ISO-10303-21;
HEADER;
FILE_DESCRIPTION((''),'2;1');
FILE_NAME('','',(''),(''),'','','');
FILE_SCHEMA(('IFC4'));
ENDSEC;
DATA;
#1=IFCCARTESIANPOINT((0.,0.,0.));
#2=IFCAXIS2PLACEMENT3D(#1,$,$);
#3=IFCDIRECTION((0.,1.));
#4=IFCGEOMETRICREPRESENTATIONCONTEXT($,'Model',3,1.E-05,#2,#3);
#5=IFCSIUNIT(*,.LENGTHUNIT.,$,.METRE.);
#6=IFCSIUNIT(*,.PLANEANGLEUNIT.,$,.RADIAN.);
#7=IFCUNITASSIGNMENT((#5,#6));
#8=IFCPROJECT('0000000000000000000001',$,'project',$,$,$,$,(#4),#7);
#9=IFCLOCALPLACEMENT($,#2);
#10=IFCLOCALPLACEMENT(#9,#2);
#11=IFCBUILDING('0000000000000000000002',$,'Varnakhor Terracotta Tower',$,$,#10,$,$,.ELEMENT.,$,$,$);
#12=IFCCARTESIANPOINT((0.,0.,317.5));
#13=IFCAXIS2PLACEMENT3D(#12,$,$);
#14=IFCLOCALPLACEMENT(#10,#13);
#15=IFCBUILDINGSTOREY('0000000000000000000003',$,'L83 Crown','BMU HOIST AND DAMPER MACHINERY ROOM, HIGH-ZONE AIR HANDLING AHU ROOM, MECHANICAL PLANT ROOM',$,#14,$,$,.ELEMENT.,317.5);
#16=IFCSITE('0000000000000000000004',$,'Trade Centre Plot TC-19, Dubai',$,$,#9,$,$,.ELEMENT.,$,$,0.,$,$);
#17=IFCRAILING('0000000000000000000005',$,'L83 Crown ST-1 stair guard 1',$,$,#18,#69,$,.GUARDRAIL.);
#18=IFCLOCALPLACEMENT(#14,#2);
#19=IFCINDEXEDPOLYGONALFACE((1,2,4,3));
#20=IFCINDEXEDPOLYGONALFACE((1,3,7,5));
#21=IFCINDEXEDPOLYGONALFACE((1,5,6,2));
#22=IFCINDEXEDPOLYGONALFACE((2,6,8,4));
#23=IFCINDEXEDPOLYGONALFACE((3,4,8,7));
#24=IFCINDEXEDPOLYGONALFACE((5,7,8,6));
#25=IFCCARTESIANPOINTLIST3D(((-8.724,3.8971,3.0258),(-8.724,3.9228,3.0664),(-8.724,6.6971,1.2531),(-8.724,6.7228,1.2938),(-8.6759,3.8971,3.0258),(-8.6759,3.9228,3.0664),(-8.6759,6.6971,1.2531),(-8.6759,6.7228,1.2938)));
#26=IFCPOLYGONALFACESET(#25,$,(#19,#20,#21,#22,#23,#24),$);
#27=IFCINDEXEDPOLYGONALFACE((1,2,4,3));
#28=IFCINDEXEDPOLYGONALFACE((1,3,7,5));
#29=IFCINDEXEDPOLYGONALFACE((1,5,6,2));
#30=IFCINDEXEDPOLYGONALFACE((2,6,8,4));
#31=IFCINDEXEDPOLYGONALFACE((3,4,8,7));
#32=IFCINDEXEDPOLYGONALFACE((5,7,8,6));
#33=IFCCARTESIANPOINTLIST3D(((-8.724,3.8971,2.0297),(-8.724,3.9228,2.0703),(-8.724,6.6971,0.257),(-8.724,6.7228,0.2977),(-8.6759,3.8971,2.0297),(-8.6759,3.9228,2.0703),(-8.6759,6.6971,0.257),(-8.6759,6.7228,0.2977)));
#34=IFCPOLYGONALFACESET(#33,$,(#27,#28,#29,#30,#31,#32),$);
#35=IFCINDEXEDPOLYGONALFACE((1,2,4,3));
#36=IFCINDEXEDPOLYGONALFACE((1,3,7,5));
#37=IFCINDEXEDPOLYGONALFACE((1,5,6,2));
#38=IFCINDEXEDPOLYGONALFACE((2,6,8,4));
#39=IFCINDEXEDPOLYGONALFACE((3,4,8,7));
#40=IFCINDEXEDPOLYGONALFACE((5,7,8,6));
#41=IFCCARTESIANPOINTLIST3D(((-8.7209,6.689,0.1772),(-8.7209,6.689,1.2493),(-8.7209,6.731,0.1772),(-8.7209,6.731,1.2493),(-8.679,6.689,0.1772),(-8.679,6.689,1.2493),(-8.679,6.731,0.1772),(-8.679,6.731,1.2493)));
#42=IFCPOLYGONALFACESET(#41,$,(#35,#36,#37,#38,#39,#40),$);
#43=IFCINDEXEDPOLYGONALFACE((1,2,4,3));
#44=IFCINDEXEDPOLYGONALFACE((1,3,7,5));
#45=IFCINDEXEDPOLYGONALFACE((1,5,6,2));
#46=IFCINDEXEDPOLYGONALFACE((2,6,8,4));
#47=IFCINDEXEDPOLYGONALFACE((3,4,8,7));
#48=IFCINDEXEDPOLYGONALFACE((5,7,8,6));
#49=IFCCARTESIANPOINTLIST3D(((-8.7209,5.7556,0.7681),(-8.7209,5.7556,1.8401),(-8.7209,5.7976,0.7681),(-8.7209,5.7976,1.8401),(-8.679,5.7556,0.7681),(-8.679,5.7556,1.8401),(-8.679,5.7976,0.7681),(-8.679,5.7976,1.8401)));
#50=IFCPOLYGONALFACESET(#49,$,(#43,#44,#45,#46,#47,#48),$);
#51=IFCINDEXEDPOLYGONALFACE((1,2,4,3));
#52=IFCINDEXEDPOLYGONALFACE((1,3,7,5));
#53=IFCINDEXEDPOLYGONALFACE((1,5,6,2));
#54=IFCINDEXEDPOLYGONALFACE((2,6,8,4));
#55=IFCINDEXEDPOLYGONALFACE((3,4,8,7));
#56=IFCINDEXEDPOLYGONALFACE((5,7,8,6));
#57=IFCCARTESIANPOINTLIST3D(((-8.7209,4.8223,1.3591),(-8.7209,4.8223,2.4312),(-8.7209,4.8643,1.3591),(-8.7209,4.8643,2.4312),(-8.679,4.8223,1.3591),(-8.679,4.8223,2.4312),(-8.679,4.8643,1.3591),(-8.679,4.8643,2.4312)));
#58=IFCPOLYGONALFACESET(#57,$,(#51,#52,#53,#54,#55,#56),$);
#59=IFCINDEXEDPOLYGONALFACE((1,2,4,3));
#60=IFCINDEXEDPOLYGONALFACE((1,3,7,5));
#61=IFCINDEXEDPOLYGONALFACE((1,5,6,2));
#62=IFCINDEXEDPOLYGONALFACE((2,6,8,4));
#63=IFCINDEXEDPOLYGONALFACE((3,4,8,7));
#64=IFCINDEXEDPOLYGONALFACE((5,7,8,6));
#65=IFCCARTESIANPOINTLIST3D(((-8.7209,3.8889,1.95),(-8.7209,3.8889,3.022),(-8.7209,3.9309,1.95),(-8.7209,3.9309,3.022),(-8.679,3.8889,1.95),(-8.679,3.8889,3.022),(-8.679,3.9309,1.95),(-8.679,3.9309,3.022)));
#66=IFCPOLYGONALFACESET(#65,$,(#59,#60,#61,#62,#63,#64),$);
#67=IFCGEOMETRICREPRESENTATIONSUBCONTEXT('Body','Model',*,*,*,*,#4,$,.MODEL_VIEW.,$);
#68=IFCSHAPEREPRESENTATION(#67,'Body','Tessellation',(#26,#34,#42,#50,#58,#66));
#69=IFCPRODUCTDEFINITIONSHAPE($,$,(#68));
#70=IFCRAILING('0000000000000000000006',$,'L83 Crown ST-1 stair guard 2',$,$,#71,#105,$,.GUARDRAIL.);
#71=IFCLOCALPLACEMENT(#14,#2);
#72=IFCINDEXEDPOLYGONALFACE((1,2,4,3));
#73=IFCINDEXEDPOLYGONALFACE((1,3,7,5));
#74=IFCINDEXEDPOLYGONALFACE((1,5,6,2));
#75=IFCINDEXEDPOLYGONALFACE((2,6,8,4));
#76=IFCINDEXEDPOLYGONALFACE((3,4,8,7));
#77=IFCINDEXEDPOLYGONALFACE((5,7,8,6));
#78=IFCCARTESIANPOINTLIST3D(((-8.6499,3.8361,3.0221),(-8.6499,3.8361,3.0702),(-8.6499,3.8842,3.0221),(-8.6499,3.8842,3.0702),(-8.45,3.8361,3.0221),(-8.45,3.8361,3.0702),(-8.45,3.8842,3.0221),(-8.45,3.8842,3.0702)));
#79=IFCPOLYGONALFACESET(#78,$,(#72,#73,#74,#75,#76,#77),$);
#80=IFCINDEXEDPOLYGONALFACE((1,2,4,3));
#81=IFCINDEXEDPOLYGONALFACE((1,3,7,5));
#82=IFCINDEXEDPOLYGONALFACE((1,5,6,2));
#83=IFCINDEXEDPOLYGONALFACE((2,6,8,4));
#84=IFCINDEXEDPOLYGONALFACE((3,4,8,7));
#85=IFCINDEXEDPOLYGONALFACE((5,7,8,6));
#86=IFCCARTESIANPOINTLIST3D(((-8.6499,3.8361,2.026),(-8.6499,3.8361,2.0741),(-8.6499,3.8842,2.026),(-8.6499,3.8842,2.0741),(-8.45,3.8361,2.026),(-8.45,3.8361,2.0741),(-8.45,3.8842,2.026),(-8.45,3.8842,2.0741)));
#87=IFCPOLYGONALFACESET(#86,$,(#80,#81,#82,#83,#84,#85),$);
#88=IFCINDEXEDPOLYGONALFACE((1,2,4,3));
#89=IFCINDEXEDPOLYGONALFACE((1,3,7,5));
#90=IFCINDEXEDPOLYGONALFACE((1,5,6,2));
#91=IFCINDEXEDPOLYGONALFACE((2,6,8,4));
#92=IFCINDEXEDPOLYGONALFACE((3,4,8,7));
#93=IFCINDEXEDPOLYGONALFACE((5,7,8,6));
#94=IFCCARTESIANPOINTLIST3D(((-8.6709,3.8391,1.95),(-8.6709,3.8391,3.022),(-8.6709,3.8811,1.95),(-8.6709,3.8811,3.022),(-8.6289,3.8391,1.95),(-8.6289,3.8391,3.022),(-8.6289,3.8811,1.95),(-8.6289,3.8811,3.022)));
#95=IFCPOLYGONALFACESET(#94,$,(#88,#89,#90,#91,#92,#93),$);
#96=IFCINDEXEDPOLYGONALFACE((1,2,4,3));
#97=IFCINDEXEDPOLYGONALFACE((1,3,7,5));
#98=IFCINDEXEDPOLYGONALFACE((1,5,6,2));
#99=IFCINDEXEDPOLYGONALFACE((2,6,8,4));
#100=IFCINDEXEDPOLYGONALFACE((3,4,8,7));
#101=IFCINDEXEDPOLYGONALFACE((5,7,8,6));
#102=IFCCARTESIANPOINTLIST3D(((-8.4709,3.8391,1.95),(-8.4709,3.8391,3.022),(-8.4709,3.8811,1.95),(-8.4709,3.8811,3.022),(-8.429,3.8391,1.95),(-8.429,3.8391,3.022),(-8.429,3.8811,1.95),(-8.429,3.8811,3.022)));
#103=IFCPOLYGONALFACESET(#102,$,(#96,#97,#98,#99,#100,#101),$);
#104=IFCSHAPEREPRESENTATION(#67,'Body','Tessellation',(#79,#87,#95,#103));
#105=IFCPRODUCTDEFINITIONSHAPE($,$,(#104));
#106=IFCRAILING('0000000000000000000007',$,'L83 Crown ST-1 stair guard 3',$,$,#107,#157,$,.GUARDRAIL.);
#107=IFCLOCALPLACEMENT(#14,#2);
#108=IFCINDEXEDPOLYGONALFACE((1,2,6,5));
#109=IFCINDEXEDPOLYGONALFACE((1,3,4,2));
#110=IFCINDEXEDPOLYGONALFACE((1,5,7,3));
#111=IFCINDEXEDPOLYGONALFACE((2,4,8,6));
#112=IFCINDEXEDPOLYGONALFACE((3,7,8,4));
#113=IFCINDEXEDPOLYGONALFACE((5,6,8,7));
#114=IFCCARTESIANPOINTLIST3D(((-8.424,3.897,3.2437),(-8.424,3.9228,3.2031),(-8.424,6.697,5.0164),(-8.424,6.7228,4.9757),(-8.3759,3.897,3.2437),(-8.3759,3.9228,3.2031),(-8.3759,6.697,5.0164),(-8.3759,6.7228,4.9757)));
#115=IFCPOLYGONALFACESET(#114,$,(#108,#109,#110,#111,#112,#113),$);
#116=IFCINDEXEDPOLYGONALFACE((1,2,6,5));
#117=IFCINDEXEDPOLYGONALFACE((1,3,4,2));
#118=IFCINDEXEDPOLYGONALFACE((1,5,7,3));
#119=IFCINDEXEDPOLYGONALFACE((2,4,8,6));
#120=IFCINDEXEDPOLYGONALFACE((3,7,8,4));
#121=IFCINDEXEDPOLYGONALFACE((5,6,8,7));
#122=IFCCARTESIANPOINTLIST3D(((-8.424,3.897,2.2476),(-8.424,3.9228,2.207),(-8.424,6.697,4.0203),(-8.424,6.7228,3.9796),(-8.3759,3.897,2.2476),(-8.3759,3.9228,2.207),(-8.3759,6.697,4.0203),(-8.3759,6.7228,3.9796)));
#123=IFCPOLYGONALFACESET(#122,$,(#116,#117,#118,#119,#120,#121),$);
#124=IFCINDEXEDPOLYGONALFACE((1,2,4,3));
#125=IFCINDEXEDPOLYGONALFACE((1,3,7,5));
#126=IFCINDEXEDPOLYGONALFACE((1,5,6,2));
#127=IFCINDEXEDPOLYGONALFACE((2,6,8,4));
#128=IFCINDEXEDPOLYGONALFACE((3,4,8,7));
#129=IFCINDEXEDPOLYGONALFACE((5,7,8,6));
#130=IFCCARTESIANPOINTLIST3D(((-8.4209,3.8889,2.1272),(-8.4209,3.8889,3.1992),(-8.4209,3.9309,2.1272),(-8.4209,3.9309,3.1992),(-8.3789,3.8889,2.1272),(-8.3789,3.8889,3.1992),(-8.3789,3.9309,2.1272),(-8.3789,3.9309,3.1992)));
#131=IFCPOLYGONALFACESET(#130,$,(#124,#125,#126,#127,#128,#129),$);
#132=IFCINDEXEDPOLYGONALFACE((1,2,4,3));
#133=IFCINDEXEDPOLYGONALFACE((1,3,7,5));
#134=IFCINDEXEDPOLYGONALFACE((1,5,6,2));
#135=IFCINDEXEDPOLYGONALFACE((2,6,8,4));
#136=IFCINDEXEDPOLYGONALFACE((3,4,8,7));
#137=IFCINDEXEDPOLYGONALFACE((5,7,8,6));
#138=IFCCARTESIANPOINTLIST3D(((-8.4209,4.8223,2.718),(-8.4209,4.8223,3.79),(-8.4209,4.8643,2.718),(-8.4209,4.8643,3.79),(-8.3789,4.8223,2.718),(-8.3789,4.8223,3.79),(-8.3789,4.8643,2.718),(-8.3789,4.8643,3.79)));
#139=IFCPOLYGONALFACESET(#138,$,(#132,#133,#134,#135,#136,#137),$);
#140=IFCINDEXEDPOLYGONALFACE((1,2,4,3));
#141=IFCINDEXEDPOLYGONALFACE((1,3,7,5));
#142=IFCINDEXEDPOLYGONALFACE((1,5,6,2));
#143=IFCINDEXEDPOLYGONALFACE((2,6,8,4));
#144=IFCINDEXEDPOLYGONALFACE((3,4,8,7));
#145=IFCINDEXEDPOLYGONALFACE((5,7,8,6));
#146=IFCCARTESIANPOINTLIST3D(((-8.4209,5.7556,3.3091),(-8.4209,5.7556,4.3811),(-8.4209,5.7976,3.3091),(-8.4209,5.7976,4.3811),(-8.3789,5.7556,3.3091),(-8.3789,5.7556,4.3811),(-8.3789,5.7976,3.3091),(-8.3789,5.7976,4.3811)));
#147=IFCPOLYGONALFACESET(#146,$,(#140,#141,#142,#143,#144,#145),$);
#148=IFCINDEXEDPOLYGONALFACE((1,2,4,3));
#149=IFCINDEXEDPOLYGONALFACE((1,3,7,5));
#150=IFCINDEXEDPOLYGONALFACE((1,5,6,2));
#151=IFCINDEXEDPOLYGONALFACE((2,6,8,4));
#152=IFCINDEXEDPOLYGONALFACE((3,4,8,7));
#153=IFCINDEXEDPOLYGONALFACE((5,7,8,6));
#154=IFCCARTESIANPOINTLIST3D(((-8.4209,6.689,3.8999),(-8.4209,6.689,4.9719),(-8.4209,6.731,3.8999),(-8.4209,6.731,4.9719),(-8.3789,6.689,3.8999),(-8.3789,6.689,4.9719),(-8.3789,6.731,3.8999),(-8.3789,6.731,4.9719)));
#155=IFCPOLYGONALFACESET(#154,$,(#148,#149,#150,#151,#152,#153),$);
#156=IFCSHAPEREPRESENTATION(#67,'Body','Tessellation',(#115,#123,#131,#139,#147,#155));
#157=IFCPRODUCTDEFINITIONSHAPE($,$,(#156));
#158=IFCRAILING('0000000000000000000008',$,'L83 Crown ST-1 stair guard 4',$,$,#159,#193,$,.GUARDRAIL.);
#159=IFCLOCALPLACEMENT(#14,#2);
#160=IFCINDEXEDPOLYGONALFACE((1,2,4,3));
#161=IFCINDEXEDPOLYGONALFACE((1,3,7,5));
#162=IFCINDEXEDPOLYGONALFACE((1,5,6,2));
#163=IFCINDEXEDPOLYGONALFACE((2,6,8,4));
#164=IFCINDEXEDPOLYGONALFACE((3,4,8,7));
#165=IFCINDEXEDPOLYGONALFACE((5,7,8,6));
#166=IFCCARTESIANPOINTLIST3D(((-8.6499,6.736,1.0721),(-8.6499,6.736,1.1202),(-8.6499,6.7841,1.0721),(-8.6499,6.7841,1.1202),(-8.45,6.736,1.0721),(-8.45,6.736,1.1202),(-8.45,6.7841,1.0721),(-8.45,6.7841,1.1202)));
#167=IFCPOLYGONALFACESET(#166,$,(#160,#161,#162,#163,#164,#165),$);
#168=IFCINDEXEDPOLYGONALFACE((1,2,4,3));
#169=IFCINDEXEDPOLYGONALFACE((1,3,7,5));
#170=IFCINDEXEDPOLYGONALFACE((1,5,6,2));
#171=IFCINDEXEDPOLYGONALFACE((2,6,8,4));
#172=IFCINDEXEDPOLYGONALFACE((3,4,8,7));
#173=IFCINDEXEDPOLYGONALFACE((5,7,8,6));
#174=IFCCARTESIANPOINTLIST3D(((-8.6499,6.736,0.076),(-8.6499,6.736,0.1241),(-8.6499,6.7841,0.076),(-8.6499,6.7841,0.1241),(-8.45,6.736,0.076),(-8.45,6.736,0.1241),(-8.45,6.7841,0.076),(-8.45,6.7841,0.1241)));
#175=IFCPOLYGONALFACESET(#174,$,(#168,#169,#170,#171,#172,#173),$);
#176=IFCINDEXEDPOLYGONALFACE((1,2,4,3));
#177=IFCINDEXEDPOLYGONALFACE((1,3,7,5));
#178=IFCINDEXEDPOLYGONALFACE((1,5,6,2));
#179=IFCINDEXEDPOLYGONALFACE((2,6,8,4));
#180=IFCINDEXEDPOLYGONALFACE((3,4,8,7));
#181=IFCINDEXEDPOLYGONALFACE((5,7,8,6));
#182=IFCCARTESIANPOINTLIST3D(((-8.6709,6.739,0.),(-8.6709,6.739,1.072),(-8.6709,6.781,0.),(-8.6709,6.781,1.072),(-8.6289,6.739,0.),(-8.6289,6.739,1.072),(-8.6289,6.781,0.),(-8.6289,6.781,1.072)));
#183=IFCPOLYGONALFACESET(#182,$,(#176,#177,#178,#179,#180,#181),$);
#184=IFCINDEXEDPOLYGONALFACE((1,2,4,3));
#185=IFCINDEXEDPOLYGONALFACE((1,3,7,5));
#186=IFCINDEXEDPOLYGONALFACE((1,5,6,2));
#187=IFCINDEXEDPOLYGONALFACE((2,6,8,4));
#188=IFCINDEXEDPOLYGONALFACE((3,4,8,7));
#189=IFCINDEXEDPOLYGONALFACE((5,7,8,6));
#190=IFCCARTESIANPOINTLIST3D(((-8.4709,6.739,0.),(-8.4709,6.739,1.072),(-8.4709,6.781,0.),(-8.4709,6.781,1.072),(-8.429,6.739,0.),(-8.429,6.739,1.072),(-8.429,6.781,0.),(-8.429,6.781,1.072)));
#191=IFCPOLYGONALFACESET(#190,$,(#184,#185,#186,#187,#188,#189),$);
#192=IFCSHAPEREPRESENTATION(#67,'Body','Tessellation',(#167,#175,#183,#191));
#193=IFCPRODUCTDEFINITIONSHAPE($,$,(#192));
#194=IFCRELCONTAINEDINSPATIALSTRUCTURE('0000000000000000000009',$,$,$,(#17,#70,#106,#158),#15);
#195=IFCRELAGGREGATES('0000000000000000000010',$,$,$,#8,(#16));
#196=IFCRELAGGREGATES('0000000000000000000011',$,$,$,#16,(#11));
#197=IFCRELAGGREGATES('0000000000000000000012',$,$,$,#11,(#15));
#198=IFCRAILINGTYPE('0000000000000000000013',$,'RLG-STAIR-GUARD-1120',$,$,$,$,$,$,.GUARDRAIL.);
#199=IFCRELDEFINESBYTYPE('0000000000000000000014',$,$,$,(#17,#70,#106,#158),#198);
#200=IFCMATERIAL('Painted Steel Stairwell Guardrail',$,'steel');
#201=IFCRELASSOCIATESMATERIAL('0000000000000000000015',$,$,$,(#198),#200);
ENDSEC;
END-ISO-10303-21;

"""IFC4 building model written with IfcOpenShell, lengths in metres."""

from ifc_helpers import new_model, si_unit, direction, frame, origin, origin_2d, place, context, subcontext, project, spatial, rectangle, extrude, material, type_object, element, save


model = new_model("IFC4")

# Units and contexts
model_context = context("Model", 3, precision=1e-05, world=origin(), true_north=direction((0.0, 1.0)))
body_context = subcontext(model_context, "Body", "Model", "MODEL_VIEW")
ifc_project = project(units=[si_unit("LENGTHUNIT", "METRE"), si_unit("PLANEANGLEUNIT", "RADIAN")], contexts=[model_context])

# Site, building, storey
site_placement = place(None, origin())
site = spatial("IfcSite", under=ifc_project, at=site_placement, Name="Trade Centre Plot TC-19, Dubai", CompositionType="ELEMENT", RefElevation=0.0)
building_placement = place(site_placement, origin())
building = spatial("IfcBuilding", under=site, at=building_placement, Name="Varnakhor Terracotta Tower", CompositionType="ELEMENT")
storey_placement = place(building_placement, frame((0.0, 0.0, 317.5)))
storey = spatial("IfcBuildingStorey", under=building, at=storey_placement, Name="L83 Crown", Description="BMU HOIST AND DAMPER MACHINERY ROOM, HIGH-ZONE AIR HANDLING AHU ROOM, MECHANICAL PLANT ROOM", CompositionType="ELEMENT", Elevation=317.5)

# Railings
ifc_material_1 = material(Name="Painted Steel Stairwell Guardrail", Category="steel")
railing_type_1 = type_object("IfcRailingType", Name="RLG-STAIR-GUARD-1120", PredefinedType="GUARDRAIL", material=ifc_material_1)
railing_1_placement = place(storey_placement, frame((-8.7, 6.71, 0.1772)))
element("IfcRailing", 1, at=railing_1_placement, inside=storey, type_object=railing_type_1, Name="L83 Crown ST-1 stair guard 1", PredefinedType="GUARDRAIL", context=body_context, shape_type="SweptSolid", body=[
    extrude(rectangle(XDim=0.0481, YDim=0.0481, at=origin_2d()), frame((0.0, 0.0, 1.0962), z_axis=(0.0, -0.844909, 0.53491), x_axis=(1.0, 0.0, 0.0)), (0.0, 0.0, 1.0), 3.314),
    extrude(rectangle(XDim=0.0481, YDim=0.0481, at=origin_2d()), frame((0.0, 0.0, 0.1001), z_axis=(0.0, -0.844909, 0.53491), x_axis=(1.0, 0.0, 0.0)), (0.0, 0.0, 1.0), 3.314),
    extrude(rectangle(XDim=0.042, YDim=0.042, at=origin_2d()), origin(), (0.0, 0.0, 1.0), 1.072),
    extrude(rectangle(XDim=0.042, YDim=0.042, at=origin_2d()), frame((0.0, -0.9333, 0.5908)), (0.0, 0.0, 1.0), 1.072),
    extrude(rectangle(XDim=0.042, YDim=0.042, at=origin_2d()), frame((0.0, -1.8667, 1.1819)), (0.0, 0.0, 1.0), 1.072),
    extrude(rectangle(XDim=0.042, YDim=0.042, at=origin_2d()), frame((0.0, -2.8, 1.7727)), (0.0, 0.0, 1.0), 1.072),
])
railing_2_placement = place(storey_placement, frame((-8.6499, 3.8601, 1.95)))
element("IfcRailing", 2, at=railing_2_placement, inside=storey, type_object=railing_type_1, Name="L83 Crown ST-1 stair guard 2", PredefinedType="GUARDRAIL", context=body_context, shape_type="SweptSolid", body=[
    extrude(rectangle(XDim=0.0481, YDim=0.0481, at=origin_2d()), frame((0.0, 0.0, 1.0962), z_axis=(1.0, 0.0, 0.0), x_axis=(0.0, 1.0, 0.0)), (0.0, 0.0, 1.0), 0.2),
    extrude(rectangle(XDim=0.0481, YDim=0.0481, at=origin_2d()), frame((0.0, 0.0, 0.1001), z_axis=(1.0, 0.0, 0.0), x_axis=(0.0, 1.0, 0.0)), (0.0, 0.0, 1.0), 0.2),
    extrude(rectangle(XDim=0.042, YDim=0.042, at=origin_2d()), origin(), (0.0, 0.0, 1.0), 1.072),
    extrude(rectangle(XDim=0.042, YDim=0.042, at=origin_2d()), frame((0.2, 0.0, 0.0)), (0.0, 0.0, 1.0), 1.072),
])
railing_3_placement = place(storey_placement, frame((-8.3999, 3.9099, 2.1272)))
element("IfcRailing", 3, at=railing_3_placement, inside=storey, type_object=railing_type_1, Name="L83 Crown ST-1 stair guard 3", PredefinedType="GUARDRAIL", context=body_context, shape_type="SweptSolid", body=[
    extrude(rectangle(XDim=0.0481, YDim=0.0481, at=origin_2d()), frame((0.0, 0.0, 1.0962), z_axis=(0.0, 0.844909, 0.53491), x_axis=(-1.0, 0.0, 0.0)), (0.0, 0.0, 1.0), 3.314),
    extrude(rectangle(XDim=0.0481, YDim=0.0481, at=origin_2d()), frame((0.0, 0.0, 0.1001), z_axis=(0.0, 0.844909, 0.53491), x_axis=(-1.0, 0.0, 0.0)), (0.0, 0.0, 1.0), 3.314),
    extrude(rectangle(XDim=0.042, YDim=0.042, at=origin_2d()), origin(), (0.0, 0.0, 1.0), 1.072),
    extrude(rectangle(XDim=0.042, YDim=0.042, at=origin_2d()), frame((0.0, 0.9333, 0.5908)), (0.0, 0.0, 1.0), 1.072),
    extrude(rectangle(XDim=0.042, YDim=0.042, at=origin_2d()), frame((0.0, 1.8667, 1.1819)), (0.0, 0.0, 1.0), 1.072),
    extrude(rectangle(XDim=0.042, YDim=0.042, at=origin_2d()), frame((0.0, 2.8, 1.7727)), (0.0, 0.0, 1.0), 1.072),
])
railing_4_placement = place(storey_placement, frame((-8.6499, 6.76, 0.0)))
element("IfcRailing", 4, at=railing_4_placement, inside=storey, type_object=railing_type_1, Name="L83 Crown ST-1 stair guard 4", PredefinedType="GUARDRAIL", context=body_context, shape_type="SweptSolid", body=[
    extrude(rectangle(XDim=0.0481, YDim=0.0481, at=origin_2d()), frame((0.0, 0.0, 1.0962), z_axis=(1.0, 0.0, 0.0), x_axis=(0.0, 1.0, 0.0)), (0.0, 0.0, 1.0), 0.2),
    extrude(rectangle(XDim=0.0481, YDim=0.0481, at=origin_2d()), frame((0.0, 0.0, 0.1001), z_axis=(1.0, 0.0, 0.0), x_axis=(0.0, 1.0, 0.0)), (0.0, 0.0, 1.0), 0.2),
    extrude(rectangle(XDim=0.042, YDim=0.042, at=origin_2d()), origin(), (0.0, 0.0, 1.0), 1.072),
    extrude(rectangle(XDim=0.042, YDim=0.042, at=origin_2d()), frame((0.2, 0.0, 0.0)), (0.0, 0.0, 1.0), 1.072),
])

save(model, "model.ifc")
